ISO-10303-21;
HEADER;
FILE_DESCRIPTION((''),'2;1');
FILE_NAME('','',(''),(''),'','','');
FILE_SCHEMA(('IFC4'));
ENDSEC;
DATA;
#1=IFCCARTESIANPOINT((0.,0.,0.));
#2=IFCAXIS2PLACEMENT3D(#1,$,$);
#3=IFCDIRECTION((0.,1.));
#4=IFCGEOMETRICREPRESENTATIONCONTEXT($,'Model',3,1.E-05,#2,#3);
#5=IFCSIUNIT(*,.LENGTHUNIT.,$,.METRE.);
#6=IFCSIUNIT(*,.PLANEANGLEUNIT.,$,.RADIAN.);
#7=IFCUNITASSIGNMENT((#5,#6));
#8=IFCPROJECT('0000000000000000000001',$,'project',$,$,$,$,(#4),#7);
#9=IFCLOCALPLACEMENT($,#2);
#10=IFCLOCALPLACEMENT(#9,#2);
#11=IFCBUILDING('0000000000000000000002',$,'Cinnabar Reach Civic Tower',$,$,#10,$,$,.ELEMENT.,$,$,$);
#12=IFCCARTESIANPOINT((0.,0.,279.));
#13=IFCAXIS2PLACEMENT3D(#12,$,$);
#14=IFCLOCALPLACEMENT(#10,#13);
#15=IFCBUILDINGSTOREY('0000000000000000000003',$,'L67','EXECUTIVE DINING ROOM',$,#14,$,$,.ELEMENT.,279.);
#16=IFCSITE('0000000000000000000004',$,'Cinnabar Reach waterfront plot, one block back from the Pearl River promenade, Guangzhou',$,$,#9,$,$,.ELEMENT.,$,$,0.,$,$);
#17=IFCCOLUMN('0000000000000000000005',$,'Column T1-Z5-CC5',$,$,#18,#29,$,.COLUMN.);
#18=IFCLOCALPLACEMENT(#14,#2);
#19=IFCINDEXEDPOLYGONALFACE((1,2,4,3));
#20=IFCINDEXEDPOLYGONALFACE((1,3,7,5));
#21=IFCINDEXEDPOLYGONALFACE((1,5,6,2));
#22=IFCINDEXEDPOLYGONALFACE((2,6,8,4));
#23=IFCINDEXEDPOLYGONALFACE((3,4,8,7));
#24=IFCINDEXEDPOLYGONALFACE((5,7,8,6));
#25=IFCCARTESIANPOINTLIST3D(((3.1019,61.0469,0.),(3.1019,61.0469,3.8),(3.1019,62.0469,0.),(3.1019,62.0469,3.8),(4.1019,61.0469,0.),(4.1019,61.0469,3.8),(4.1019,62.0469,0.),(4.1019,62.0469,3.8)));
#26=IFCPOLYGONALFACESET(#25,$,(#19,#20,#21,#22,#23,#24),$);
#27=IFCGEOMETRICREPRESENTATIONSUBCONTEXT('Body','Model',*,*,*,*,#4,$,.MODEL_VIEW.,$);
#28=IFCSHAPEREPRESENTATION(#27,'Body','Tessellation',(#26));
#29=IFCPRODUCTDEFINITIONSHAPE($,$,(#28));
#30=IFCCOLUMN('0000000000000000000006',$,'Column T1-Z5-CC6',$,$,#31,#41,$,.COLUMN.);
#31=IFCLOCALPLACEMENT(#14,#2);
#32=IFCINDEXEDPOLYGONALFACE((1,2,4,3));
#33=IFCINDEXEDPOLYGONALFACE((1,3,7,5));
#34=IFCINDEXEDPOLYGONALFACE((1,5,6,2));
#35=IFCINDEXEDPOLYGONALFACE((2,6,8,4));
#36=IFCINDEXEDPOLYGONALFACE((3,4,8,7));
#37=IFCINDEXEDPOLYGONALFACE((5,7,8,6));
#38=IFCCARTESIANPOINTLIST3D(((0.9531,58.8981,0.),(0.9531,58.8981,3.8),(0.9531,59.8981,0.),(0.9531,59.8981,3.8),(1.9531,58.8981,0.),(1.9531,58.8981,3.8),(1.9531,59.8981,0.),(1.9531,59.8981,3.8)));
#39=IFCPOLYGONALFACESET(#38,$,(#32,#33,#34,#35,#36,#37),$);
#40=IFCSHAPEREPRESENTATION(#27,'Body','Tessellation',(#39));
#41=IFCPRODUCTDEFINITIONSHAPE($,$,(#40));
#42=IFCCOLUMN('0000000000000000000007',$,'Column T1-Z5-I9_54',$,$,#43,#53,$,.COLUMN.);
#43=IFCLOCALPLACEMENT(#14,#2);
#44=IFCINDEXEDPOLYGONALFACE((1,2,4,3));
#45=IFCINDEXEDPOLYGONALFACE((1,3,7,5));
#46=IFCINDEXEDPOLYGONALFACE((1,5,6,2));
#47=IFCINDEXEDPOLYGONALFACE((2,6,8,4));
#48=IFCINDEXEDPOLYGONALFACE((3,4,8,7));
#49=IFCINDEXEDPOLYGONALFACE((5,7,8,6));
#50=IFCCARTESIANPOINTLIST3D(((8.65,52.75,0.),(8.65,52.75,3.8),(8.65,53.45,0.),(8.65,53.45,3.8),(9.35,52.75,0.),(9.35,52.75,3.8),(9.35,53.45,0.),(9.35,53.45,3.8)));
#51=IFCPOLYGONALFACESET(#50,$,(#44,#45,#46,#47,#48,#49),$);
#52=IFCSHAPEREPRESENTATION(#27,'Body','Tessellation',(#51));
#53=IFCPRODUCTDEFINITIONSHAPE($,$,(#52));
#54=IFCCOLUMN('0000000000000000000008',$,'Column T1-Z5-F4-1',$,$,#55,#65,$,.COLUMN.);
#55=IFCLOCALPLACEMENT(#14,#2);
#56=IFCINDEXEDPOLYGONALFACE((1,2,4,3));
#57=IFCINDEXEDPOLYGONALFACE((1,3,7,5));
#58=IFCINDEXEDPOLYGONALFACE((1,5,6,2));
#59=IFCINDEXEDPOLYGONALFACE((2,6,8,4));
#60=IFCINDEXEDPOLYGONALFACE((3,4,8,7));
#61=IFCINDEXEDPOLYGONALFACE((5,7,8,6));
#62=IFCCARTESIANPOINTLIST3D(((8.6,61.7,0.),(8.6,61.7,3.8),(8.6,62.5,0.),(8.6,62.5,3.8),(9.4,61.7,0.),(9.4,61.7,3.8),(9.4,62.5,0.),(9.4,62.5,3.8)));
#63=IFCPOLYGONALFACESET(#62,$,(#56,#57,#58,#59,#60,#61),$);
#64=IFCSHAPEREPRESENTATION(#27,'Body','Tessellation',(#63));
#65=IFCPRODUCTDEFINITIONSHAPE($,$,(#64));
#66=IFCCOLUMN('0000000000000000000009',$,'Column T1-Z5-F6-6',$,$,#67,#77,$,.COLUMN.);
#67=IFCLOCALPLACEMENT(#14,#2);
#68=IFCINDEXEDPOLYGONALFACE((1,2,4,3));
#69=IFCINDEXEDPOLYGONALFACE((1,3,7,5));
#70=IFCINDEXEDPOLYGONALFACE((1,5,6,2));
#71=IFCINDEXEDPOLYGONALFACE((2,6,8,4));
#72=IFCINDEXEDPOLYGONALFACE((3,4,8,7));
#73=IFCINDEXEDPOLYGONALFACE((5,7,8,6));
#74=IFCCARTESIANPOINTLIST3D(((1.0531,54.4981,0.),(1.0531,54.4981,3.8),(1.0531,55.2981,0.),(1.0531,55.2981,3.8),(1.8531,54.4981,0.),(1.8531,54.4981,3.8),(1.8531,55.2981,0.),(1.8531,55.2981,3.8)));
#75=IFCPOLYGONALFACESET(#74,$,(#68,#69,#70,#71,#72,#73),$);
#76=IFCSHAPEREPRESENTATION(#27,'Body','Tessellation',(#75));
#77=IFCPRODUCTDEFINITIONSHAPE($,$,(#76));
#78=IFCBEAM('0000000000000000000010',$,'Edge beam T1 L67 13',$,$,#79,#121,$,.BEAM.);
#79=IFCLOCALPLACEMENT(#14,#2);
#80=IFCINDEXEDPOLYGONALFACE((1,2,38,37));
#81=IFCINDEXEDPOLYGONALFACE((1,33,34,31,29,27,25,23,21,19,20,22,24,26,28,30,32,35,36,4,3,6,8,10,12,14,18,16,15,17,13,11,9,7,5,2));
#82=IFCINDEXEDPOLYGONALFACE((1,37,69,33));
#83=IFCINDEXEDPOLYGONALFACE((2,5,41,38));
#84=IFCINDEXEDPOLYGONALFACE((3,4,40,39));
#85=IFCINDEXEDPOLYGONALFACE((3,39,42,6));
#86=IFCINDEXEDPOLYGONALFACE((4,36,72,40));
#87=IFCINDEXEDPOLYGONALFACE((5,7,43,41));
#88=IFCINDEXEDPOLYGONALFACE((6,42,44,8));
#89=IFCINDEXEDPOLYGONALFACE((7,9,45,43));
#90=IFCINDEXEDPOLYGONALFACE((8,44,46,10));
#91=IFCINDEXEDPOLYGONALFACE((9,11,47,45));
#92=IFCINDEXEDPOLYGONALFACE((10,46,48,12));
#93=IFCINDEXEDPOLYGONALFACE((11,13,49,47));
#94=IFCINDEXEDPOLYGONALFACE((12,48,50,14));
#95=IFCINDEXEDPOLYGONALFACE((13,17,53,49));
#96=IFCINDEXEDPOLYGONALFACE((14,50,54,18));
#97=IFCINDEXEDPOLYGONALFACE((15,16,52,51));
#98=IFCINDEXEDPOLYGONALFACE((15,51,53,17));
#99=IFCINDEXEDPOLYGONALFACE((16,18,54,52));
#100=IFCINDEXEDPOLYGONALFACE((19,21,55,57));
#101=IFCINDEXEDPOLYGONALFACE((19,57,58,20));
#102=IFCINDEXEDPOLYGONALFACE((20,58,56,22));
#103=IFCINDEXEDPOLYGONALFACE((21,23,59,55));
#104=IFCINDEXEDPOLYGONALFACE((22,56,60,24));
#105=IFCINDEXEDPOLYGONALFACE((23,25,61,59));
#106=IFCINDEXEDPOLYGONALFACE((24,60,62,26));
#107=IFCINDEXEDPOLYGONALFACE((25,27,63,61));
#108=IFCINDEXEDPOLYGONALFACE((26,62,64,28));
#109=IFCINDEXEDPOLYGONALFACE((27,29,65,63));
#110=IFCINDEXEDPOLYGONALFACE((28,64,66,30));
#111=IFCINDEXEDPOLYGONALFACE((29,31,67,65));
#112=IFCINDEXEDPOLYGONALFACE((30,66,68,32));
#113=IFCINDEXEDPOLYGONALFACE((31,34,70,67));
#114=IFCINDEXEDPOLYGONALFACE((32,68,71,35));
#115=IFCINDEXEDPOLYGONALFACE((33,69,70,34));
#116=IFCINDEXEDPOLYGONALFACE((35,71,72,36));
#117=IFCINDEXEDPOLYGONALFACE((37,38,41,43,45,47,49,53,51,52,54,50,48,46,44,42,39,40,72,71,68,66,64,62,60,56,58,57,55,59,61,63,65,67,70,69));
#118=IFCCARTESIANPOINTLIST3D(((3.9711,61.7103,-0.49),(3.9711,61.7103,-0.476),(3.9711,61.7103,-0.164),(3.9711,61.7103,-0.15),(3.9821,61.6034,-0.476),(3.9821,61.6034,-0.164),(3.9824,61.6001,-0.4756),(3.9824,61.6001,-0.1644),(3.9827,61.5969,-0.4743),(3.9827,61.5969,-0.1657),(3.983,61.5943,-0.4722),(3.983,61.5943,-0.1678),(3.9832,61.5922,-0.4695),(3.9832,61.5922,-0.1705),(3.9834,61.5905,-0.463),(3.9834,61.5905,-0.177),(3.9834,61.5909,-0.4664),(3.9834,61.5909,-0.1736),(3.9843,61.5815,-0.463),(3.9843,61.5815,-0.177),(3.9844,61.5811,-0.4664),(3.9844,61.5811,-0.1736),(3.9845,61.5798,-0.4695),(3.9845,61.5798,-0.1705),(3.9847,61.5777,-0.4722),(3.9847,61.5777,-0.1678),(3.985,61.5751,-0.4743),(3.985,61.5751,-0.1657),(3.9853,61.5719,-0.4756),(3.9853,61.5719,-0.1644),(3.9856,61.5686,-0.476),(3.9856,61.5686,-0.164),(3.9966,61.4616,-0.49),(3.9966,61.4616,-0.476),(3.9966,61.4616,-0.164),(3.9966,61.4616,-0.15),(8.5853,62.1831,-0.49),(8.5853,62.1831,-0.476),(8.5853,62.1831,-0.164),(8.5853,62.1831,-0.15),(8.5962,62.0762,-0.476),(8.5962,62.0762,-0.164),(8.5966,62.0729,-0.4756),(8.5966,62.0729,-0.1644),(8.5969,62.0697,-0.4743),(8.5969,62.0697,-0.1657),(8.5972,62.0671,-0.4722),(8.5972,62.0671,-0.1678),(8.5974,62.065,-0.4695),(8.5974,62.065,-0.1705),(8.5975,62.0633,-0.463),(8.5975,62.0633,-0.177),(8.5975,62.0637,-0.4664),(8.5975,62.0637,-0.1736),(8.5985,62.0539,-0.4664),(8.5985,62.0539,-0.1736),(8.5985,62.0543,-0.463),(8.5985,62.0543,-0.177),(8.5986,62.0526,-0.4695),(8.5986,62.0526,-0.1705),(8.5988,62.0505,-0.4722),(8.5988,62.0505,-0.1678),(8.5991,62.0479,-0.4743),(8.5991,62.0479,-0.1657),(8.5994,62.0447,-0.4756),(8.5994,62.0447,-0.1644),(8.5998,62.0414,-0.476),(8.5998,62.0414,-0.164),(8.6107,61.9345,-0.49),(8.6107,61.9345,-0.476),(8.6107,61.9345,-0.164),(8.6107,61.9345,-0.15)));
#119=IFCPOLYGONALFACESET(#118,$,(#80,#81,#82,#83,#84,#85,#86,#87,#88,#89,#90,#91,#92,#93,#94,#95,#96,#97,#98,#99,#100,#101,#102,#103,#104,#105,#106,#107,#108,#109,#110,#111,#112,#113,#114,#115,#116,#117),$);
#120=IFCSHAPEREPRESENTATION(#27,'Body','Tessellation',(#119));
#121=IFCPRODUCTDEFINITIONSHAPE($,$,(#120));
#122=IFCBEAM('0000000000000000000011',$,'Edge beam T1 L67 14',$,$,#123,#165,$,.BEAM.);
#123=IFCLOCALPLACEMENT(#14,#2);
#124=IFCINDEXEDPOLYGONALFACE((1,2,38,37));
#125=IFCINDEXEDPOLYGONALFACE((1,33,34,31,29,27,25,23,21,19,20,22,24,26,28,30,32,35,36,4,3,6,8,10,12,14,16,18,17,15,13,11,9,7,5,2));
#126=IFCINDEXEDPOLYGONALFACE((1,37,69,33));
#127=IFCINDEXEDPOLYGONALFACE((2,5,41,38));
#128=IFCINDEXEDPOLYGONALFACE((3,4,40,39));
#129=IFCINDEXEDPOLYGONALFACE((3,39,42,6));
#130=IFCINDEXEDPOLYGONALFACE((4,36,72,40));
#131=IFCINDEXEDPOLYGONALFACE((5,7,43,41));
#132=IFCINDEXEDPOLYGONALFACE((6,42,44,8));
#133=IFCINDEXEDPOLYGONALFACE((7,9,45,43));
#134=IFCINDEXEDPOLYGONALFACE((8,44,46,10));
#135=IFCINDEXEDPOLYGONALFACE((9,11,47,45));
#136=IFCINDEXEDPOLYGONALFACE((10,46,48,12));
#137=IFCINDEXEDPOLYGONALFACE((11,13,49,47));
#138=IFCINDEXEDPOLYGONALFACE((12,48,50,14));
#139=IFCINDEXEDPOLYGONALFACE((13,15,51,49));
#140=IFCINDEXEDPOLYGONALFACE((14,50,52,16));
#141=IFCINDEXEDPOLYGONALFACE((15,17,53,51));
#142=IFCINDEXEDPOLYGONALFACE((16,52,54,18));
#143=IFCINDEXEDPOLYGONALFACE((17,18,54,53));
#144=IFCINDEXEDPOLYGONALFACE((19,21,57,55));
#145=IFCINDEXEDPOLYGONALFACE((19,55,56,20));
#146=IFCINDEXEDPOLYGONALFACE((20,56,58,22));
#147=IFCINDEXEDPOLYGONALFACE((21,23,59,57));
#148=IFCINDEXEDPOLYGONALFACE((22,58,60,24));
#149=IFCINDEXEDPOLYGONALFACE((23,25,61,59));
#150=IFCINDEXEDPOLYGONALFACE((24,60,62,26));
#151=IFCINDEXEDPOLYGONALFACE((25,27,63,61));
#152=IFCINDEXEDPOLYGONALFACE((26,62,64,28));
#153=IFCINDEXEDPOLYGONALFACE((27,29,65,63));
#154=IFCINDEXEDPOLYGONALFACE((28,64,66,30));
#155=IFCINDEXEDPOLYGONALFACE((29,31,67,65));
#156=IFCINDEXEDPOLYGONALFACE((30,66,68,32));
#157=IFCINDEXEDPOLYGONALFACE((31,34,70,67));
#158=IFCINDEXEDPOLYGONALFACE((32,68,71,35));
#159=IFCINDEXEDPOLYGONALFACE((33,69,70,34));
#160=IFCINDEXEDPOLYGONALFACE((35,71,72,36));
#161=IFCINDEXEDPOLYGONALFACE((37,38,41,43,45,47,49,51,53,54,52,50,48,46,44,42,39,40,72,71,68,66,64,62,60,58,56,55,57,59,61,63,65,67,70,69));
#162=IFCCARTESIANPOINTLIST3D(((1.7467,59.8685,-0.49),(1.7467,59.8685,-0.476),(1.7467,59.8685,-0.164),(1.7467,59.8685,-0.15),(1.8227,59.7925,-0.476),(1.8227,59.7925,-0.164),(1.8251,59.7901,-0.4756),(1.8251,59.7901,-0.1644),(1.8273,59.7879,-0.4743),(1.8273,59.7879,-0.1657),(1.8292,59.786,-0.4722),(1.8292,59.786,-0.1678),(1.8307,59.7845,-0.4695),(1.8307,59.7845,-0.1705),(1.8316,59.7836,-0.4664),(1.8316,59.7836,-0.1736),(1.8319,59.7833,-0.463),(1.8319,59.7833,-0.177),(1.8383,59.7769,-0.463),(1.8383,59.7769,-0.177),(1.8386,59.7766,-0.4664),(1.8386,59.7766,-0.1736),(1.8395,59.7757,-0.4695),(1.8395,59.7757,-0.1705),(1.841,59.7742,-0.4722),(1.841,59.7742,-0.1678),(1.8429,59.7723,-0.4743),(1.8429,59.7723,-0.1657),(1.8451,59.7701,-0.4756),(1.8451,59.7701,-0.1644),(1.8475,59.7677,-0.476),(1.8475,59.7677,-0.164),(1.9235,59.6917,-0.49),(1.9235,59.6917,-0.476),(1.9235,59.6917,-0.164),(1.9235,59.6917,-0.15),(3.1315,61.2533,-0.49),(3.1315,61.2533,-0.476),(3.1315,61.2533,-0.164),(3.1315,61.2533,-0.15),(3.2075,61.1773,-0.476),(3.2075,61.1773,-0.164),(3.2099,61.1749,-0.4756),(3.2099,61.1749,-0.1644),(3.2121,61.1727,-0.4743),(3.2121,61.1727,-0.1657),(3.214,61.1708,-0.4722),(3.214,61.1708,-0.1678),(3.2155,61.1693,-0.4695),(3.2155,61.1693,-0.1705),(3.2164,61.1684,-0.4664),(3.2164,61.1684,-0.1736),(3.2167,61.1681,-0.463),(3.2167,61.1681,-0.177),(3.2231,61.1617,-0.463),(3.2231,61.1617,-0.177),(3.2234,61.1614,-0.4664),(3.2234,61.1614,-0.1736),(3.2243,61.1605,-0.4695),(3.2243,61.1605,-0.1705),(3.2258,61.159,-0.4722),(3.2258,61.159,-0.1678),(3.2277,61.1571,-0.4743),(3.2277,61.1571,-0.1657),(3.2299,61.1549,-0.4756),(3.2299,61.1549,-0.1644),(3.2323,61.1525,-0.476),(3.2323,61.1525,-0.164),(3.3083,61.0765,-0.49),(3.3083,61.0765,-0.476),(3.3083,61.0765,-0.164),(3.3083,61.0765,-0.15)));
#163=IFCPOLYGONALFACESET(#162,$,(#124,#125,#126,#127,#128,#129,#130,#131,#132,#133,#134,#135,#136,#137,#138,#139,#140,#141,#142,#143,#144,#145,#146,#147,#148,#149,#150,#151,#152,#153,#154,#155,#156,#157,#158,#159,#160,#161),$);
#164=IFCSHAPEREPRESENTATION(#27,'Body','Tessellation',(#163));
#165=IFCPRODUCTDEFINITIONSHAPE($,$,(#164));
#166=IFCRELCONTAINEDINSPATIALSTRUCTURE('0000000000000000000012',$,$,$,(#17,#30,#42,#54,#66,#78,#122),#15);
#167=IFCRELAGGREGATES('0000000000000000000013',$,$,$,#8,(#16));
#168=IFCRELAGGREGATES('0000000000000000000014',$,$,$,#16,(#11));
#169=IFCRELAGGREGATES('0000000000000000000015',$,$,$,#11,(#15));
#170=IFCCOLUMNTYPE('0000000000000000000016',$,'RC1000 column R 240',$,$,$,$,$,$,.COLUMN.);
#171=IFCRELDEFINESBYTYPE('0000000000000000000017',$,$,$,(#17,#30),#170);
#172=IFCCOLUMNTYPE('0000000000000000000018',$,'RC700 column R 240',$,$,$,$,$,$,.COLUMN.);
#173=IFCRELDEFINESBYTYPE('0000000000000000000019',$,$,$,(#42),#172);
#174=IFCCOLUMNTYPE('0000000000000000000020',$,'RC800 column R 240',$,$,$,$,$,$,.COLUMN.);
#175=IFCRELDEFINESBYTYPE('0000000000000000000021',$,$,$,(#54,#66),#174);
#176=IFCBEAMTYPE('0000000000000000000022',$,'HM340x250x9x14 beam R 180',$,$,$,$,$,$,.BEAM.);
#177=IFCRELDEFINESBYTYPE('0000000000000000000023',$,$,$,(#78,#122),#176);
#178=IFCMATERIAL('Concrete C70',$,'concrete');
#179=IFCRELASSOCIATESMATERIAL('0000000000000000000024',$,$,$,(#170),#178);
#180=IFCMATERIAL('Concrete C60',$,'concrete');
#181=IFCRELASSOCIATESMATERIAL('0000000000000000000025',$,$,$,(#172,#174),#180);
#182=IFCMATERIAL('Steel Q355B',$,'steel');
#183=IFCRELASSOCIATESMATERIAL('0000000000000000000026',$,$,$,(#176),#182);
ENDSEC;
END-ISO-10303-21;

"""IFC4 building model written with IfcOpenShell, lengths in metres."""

from ifc_helpers import new_model, si_unit, direction, frame, origin, origin_2d, place, context, subcontext, project, spatial, rectangle, i_section, extrude, material, material_profile, profile_set, type_object, element, save


model = new_model("IFC4")

# Units and contexts
model_context = context("Model", 3, precision=1e-05, world=origin(), true_north=direction((0.0, 1.0)))
body_context = subcontext(model_context, "Body", "Model", "MODEL_VIEW")
ifc_project = project(units=[si_unit("LENGTHUNIT", "METRE"), si_unit("PLANEANGLEUNIT", "RADIAN")], contexts=[model_context])

# Site, building, storey
site_placement = place(None, origin())
site = spatial("IfcSite", under=ifc_project, at=site_placement, Name="Cinnabar Reach waterfront plot, one block back from the Pearl River promenade, Guangzhou", CompositionType="ELEMENT", RefElevation=0.0)
building_placement = place(site_placement, origin())
building = spatial("IfcBuilding", under=site, at=building_placement, Name="Cinnabar Reach Civic Tower", CompositionType="ELEMENT")
storey_placement = place(building_placement, frame((0.0, 0.0, 279.0)))
storey = spatial("IfcBuildingStorey", under=building, at=storey_placement, Name="L67", Description="EXECUTIVE DINING ROOM", CompositionType="ELEMENT", Elevation=279.0)

# Columns
ifc_material_1 = material(Name="Concrete C70", Category="concrete")
ifc_material_profile_1 = material_profile(ifc_material_1, rectangle(XDim=1.0, YDim=1.0, at=origin_2d()), Name="RC1000")
ifc_profile_set_1 = profile_set([ifc_material_profile_1], Name="Concrete C70")
column_type_1 = type_object("IfcColumnType", Name="RC1000 column R 240", PredefinedType="COLUMN", material=ifc_profile_set_1)
for number, where, z_axis, x_axis, name in (
    (1, (3.6019, 61.5469, 0.0), (0.0, 0.0, 1.0), (1.0, 0.0, 0.0), "Column T1-Z5-CC5"),
    (2, (1.4531, 59.3981, 0.0), (0.0, 0.0, 1.0), (1.0, 0.0, 0.0), "Column T1-Z5-CC6"),
):
    element("IfcColumn", number, at=place(storey_placement, frame(where, z_axis=z_axis, x_axis=x_axis)), inside=storey, type_object=column_type_1, Name=name, PredefinedType="COLUMN", context=body_context, shape_type="SweptSolid", body=[
        extrude(rectangle(XDim=1.0, YDim=1.0, at=origin_2d()), origin(), (0.0, 0.0, 1.0), 3.8),
    ])
ifc_material_2 = material(Name="Concrete C60", Category="concrete")
ifc_material_profile_2 = material_profile(ifc_material_2, rectangle(XDim=0.7, YDim=0.7, at=origin_2d()), Name="RC700")
ifc_profile_set_2 = profile_set([ifc_material_profile_2], Name="Concrete C60")
column_type_2 = type_object("IfcColumnType", Name="RC700 column R 240", PredefinedType="COLUMN", material=ifc_profile_set_2)
column_placement = place(storey_placement, frame((9.0, 53.1, 0.0), z_axis=(0.0, 0.0, 1.0), x_axis=(1.0, 0.0, 0.0)))
element("IfcColumn", 3, at=column_placement, inside=storey, type_object=column_type_2, Name="Column T1-Z5-I9_54", PredefinedType="COLUMN", context=body_context, shape_type="SweptSolid", body=[
    extrude(rectangle(XDim=0.7, YDim=0.7, at=origin_2d()), origin(), (0.0, 0.0, 1.0), 3.8),
])
ifc_material_profile_3 = material_profile(ifc_material_2, rectangle(XDim=0.8, YDim=0.8, at=origin_2d()), Name="RC800")
ifc_profile_set_3 = profile_set([ifc_material_profile_3], Name="Concrete C60")
column_type_3 = type_object("IfcColumnType", Name="RC800 column R 240", PredefinedType="COLUMN", material=ifc_profile_set_3)
for number, where, z_axis, x_axis, name in (
    (4, (9.0, 62.1, 0.0), (0.0, 0.0, 1.0), (1.0, 0.0, 0.0), "Column T1-Z5-F4-1"),
    (5, (1.4531, 54.8981, 0.0), (0.0, 0.0, 1.0), (1.0, 0.0, 0.0), "Column T1-Z5-F6-6"),
):
    element("IfcColumn", number, at=place(storey_placement, frame(where, z_axis=z_axis, x_axis=x_axis)), inside=storey, type_object=column_type_3, Name=name, PredefinedType="COLUMN", context=body_context, shape_type="SweptSolid", body=[
        extrude(rectangle(XDim=0.8, YDim=0.8, at=origin_2d()), origin(), (0.0, 0.0, 1.0), 3.8),
    ])

# Beams
ifc_material_3 = material(Name="Steel Q355B", Category="steel")
ifc_material_profile_4 = material_profile(ifc_material_3, i_section(OverallWidth=0.25, OverallDepth=0.34, WebThickness=0.009, FlangeThickness=0.014, FilletRadius=0.013, at=origin_2d()), Name="HM340x250x9x14")
ifc_profile_set_4 = profile_set([ifc_material_profile_4], Name="Steel Q355B")
beam_type_1 = type_object("IfcBeamType", Name="HM340x250x9x14 beam R 180", PredefinedType="BEAM", material=ifc_profile_set_4)
beam_1_placement = place(storey_placement, frame((8.598, 62.0588, -0.32), z_axis=(-0.994791, -0.101935, 0.0), x_axis=(0.101935, -0.994791, 0.0)))
element("IfcBeam", 6, at=beam_1_placement, inside=storey, type_object=beam_type_1, Name="Edge beam T1 L67 13", PredefinedType="BEAM", context=body_context, shape_type="SweptSolid", body=[
    extrude(i_section(OverallWidth=0.25, OverallDepth=0.34, WebThickness=0.009, FlangeThickness=0.014, FilletRadius=0.013, at=origin_2d()), origin(), (0.0, 0.0, 1.0), 4.6383),
])
beam_2_placement = place(storey_placement, frame((3.2199, 61.1649, -0.32), z_axis=(-0.707107, -0.707107, 0.0), x_axis=(0.707107, -0.707107, 0.0)))
element("IfcBeam", 7, at=beam_2_placement, inside=storey, type_object=beam_type_1, Name="Edge beam T1 L67 14", PredefinedType="BEAM", context=body_context, shape_type="SweptSolid", body=[
    extrude(i_section(OverallWidth=0.25, OverallDepth=0.34, WebThickness=0.009, FlangeThickness=0.014, FilletRadius=0.013, at=origin_2d()), origin(), (0.0, 0.0, 1.0), 1.9584),
])

save(model, "model.ifc")
